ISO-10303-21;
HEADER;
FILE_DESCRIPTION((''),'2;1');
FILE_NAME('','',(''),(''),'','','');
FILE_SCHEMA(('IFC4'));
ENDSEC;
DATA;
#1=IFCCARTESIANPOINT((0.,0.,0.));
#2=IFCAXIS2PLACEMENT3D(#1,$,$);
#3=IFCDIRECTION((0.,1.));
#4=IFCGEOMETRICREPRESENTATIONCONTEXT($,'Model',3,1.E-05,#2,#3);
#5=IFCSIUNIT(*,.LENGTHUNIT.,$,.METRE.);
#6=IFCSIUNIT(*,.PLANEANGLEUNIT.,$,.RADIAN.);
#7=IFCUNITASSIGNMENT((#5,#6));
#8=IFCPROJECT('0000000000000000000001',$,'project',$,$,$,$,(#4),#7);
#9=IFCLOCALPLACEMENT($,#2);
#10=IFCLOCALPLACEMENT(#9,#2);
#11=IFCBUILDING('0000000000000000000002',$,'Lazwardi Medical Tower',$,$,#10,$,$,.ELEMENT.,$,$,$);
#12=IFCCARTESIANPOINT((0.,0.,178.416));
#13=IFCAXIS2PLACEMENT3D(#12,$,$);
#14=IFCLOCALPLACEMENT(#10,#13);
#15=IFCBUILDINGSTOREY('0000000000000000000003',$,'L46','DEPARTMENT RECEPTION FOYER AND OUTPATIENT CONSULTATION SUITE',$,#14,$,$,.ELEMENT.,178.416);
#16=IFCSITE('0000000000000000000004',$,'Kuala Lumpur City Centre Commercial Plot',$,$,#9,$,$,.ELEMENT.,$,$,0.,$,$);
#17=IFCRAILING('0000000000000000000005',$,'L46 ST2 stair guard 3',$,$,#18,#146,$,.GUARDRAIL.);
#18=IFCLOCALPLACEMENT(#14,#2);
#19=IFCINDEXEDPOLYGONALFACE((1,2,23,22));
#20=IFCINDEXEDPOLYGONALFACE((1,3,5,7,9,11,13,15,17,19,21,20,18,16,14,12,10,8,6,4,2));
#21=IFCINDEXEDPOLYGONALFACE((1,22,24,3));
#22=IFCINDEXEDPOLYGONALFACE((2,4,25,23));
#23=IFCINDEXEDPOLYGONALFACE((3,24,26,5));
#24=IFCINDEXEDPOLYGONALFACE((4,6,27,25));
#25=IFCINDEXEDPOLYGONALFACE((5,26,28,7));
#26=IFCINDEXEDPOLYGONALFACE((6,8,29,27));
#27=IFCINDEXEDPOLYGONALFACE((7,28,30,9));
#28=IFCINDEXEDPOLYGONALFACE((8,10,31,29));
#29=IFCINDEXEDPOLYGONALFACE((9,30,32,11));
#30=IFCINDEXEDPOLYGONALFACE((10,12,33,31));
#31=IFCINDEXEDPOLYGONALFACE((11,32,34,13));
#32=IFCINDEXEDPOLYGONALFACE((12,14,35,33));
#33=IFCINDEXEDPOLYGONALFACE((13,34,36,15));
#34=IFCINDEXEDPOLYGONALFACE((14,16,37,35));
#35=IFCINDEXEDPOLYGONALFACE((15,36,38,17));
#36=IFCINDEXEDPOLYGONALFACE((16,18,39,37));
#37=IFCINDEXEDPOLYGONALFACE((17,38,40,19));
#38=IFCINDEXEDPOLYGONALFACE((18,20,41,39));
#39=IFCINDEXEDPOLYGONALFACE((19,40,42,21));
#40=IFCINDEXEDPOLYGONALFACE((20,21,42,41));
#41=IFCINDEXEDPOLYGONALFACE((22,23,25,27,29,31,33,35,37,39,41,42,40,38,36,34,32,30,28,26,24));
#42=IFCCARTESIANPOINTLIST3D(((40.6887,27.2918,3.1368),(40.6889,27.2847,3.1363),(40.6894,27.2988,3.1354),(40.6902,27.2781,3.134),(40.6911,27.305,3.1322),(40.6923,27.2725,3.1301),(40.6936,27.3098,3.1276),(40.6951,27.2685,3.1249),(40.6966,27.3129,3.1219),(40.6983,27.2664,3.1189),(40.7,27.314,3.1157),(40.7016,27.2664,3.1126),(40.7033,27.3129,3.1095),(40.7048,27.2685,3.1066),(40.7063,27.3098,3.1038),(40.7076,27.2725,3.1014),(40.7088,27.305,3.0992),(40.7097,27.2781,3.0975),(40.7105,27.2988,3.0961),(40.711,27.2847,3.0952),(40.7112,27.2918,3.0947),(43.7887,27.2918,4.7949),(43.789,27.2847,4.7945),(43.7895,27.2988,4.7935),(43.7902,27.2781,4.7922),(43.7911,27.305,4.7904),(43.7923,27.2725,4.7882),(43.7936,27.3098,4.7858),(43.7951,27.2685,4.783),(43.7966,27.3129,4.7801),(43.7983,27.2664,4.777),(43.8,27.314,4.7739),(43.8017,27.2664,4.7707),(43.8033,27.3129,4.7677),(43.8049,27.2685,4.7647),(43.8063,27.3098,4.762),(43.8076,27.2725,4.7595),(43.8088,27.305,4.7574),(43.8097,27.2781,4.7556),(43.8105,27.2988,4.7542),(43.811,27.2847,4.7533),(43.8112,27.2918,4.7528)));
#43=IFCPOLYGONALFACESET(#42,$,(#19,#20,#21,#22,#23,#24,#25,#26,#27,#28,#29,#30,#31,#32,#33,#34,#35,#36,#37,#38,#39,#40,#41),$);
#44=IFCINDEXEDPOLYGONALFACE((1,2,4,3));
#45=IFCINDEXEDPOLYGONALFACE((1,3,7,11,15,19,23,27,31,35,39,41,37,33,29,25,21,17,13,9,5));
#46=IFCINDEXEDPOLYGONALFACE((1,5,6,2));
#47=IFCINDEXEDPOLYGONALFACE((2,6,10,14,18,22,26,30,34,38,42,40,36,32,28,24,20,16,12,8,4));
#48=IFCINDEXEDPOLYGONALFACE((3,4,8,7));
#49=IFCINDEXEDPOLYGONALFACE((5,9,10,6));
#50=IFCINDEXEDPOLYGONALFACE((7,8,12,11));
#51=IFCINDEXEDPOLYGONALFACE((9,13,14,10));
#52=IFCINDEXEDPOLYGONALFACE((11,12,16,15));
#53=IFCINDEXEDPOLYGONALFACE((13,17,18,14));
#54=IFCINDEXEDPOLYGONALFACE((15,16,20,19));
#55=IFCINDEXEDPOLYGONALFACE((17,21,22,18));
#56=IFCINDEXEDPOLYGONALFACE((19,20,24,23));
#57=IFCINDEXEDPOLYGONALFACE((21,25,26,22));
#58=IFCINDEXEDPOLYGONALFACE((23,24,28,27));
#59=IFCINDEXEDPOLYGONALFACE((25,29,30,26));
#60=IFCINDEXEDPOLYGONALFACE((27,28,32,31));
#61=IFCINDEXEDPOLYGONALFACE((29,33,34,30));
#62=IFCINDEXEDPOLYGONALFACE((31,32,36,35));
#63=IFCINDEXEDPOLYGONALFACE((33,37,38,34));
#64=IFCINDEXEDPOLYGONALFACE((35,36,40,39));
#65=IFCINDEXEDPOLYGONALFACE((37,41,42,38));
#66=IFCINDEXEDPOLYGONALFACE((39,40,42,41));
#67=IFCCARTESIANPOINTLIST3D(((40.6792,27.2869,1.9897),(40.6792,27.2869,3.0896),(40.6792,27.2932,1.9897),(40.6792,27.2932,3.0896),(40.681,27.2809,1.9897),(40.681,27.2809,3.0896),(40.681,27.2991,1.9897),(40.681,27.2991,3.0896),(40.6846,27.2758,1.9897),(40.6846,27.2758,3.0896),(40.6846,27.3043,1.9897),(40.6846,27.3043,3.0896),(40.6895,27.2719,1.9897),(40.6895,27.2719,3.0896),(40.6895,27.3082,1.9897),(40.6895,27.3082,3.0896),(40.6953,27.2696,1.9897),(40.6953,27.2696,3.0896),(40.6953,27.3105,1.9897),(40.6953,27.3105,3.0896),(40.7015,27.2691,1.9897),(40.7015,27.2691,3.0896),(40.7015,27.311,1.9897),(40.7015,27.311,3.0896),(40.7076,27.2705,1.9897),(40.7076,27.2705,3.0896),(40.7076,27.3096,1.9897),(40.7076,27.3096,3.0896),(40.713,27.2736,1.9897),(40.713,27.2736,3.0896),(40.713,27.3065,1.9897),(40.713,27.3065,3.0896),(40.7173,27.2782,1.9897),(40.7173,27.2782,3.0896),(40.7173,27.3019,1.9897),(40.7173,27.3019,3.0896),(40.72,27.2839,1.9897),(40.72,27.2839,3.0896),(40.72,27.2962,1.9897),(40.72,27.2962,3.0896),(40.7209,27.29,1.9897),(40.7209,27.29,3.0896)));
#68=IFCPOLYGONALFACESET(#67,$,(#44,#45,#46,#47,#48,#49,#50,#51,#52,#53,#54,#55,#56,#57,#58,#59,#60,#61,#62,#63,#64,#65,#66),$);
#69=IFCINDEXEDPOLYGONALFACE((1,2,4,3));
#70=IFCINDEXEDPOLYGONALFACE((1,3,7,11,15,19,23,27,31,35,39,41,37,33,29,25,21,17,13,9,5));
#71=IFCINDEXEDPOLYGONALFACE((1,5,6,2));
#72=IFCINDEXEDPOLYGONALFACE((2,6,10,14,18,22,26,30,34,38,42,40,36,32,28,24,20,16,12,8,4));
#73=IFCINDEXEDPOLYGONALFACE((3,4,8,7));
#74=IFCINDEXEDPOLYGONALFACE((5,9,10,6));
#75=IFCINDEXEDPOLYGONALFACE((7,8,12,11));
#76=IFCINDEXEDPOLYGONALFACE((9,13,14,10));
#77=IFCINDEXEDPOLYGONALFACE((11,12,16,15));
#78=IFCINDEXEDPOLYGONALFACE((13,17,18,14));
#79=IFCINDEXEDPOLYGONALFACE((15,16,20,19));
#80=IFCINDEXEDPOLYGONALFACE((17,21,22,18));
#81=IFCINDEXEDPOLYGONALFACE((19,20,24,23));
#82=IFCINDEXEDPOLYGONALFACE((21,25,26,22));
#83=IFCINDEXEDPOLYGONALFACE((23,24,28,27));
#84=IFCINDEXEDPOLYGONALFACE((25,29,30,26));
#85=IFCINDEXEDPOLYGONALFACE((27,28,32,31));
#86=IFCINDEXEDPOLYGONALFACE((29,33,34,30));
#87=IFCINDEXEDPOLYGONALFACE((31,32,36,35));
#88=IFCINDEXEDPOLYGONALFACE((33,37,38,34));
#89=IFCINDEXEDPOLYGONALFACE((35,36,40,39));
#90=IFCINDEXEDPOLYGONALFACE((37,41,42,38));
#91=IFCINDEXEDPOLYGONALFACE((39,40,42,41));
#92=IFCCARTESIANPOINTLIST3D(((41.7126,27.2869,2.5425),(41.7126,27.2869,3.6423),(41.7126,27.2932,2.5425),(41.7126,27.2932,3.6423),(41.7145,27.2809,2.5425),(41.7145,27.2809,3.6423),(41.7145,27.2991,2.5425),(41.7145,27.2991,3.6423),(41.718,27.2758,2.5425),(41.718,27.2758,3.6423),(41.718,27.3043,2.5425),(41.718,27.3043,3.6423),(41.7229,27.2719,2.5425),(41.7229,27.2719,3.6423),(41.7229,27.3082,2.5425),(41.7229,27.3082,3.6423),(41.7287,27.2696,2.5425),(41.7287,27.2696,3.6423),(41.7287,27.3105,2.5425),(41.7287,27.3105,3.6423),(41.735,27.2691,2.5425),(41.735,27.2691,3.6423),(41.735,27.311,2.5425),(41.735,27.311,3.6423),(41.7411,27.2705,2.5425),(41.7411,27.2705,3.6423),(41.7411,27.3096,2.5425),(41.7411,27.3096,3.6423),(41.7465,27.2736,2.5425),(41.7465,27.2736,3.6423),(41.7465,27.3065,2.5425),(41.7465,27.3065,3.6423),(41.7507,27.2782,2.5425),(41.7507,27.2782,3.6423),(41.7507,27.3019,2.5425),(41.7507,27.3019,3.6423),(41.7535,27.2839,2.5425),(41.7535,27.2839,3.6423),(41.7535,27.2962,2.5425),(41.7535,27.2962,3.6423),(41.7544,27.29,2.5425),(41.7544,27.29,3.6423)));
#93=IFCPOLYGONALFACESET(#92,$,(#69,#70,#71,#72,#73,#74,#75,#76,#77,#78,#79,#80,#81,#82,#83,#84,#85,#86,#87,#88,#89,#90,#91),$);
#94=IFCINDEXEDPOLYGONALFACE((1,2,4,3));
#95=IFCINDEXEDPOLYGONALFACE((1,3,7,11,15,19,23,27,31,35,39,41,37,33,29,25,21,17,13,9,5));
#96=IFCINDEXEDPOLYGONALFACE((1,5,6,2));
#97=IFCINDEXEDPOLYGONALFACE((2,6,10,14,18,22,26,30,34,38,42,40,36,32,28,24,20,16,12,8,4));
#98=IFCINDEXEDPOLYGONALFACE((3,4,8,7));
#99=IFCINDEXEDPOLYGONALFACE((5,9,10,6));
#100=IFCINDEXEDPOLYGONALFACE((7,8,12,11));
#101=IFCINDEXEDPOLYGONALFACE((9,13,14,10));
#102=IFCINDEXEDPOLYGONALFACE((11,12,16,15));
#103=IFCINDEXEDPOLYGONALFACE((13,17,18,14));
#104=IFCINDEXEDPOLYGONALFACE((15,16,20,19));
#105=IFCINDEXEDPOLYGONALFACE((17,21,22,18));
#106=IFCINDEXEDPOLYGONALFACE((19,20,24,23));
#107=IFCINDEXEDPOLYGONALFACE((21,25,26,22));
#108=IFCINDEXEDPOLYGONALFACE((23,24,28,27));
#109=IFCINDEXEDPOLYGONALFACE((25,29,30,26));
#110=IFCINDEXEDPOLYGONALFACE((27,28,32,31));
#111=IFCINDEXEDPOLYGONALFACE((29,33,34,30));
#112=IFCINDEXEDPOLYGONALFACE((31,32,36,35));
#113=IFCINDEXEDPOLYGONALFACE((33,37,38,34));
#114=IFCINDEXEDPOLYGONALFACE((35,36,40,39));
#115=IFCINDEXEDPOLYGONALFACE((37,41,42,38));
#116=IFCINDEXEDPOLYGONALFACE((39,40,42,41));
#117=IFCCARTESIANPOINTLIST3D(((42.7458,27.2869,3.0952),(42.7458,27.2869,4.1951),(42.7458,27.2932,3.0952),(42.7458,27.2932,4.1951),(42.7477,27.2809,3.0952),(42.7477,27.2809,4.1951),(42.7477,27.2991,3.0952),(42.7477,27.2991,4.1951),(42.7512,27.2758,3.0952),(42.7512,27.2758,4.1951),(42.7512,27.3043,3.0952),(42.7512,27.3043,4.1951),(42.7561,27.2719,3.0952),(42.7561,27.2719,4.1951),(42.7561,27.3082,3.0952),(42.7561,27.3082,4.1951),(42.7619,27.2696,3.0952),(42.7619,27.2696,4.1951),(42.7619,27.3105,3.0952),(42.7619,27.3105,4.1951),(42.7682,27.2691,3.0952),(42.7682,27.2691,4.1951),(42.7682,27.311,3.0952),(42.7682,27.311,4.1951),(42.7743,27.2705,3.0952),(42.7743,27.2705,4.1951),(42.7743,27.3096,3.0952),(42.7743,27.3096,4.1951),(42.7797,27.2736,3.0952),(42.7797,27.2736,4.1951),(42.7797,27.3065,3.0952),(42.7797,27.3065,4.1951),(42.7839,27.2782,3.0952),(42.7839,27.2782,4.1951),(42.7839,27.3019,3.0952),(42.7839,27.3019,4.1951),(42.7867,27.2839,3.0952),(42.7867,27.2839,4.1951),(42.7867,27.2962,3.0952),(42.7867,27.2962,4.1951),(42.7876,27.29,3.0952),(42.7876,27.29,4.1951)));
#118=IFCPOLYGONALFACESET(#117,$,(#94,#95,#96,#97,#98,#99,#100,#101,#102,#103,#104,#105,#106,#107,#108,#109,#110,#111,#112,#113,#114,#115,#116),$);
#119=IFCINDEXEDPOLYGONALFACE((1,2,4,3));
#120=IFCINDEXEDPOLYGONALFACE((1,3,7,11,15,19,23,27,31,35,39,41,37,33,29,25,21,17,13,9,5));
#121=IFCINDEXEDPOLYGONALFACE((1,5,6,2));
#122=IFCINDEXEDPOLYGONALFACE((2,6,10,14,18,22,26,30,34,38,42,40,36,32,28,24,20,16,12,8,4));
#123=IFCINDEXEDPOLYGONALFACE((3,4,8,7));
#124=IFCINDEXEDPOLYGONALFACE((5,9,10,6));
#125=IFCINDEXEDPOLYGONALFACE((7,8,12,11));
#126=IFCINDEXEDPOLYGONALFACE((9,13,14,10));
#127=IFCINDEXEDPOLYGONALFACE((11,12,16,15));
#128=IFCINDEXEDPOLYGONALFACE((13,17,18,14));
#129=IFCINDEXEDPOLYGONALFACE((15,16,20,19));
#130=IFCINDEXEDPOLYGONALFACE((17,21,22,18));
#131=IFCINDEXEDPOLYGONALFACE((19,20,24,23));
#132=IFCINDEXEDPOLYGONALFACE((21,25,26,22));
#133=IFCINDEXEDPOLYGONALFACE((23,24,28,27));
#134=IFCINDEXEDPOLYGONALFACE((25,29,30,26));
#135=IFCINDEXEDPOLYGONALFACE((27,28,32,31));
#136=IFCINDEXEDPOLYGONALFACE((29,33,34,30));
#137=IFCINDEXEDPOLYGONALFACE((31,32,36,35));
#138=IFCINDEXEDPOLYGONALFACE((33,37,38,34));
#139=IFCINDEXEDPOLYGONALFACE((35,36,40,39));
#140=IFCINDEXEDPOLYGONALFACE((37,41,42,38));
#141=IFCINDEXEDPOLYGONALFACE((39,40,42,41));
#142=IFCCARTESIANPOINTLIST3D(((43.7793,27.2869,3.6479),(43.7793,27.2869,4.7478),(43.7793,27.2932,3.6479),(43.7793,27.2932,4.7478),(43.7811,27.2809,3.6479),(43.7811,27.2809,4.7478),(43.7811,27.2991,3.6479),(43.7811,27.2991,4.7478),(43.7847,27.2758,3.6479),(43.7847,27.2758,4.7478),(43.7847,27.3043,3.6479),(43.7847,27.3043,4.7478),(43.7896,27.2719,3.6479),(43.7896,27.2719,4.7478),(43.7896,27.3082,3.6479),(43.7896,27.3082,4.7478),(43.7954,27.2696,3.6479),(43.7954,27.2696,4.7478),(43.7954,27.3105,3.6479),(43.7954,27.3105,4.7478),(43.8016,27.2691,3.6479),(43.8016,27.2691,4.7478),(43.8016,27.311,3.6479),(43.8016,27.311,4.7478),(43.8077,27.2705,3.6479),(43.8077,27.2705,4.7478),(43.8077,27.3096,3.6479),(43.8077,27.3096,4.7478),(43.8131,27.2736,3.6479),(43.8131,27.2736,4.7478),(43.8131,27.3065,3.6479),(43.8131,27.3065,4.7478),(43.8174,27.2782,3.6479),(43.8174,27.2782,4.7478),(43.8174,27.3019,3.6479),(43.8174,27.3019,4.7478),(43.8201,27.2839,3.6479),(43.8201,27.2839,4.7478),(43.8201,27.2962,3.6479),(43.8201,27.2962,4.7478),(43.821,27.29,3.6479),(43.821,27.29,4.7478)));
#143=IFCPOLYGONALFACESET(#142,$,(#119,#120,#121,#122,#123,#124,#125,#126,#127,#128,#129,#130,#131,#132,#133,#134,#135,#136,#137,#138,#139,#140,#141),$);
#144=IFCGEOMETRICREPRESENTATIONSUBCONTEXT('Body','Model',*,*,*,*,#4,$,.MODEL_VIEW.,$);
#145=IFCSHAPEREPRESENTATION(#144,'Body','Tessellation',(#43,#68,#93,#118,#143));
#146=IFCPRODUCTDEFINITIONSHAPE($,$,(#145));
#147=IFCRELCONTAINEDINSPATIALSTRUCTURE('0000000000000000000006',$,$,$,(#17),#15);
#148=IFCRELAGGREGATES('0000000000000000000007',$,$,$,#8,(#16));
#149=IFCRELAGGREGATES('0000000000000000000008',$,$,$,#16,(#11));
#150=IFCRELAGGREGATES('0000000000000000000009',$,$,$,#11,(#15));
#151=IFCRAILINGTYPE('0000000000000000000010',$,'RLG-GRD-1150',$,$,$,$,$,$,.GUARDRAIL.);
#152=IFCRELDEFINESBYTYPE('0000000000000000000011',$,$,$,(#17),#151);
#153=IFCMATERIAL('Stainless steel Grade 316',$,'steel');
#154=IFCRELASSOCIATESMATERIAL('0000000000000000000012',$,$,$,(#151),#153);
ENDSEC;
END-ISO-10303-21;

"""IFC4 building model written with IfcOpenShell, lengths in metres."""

from ifc_helpers import new_model, si_unit, direction, frame, origin, origin_2d, place, context, subcontext, project, spatial, circle, extrude, material, type_object, element, save


model = new_model("IFC4")

# Units and contexts
model_context = context("Model", 3, precision=1e-05, world=origin(), true_north=direction((0.0, 1.0)))
body_context = subcontext(model_context, "Body", "Model", "MODEL_VIEW")
ifc_project = project(units=[si_unit("LENGTHUNIT", "METRE"), si_unit("PLANEANGLEUNIT", "RADIAN")], contexts=[model_context])

# Site, building, storey
site_placement = place(None, origin())
site = spatial("IfcSite", under=ifc_project, at=site_placement, Name="Kuala Lumpur City Centre Commercial Plot", CompositionType="ELEMENT", RefElevation=0.0)
building_placement = place(site_placement, origin())
building = spatial("IfcBuilding", under=site, at=building_placement, Name="Lazwardi Medical Tower", CompositionType="ELEMENT")
storey_placement = place(building_placement, frame((0.0, 0.0, 178.416)))
storey = spatial("IfcBuildingStorey", under=building, at=storey_placement, Name="L46", Description="DEPARTMENT RECEPTION FOYER AND OUTPATIENT CONSULTATION SUITE", CompositionType="ELEMENT", Elevation=178.416)

# Railing
ifc_material_1 = material(Name="Stainless steel Grade 316", Category="steel")
railing_type_1 = type_object("IfcRailingType", Name="RLG-GRD-1150", PredefinedType="GUARDRAIL", material=ifc_material_1)
railing_1_placement = place(storey_placement, frame((40.7, 27.29, 1.9897)))
element("IfcRailing", 1, at=railing_1_placement, inside=storey, type_object=railing_type_1, Name="L46 ST2 stair guard 3", PredefinedType="GUARDRAIL", context=body_context, shape_type="SweptSolid", body=[
    extrude(circle(Radius=0.0239, at=origin_2d()), frame((0.0, 0.0, 1.126), z_axis=(0.881783, 0.0, 0.471655), x_axis=(0.0, 1.0, 0.0)), (0.0, 0.0, 1.0), 3.5156),
    extrude(circle(Radius=0.021, at=origin_2d()), origin(), (0.0, 0.0, 1.0), 1.0999),
    extrude(circle(Radius=0.021, at=origin_2d()), frame((1.0334, 0.0, 0.5527)), (0.0, 0.0, 1.0), 1.0999),
    extrude(circle(Radius=0.021, at=origin_2d()), frame((2.0667, 0.0, 1.1055)), (0.0, 0.0, 1.0), 1.0999),
    extrude(circle(Radius=0.021, at=origin_2d()), frame((3.1001, 0.0, 1.6582)), (0.0, 0.0, 1.0), 1.0999),
])

save(model, "model.ifc")
